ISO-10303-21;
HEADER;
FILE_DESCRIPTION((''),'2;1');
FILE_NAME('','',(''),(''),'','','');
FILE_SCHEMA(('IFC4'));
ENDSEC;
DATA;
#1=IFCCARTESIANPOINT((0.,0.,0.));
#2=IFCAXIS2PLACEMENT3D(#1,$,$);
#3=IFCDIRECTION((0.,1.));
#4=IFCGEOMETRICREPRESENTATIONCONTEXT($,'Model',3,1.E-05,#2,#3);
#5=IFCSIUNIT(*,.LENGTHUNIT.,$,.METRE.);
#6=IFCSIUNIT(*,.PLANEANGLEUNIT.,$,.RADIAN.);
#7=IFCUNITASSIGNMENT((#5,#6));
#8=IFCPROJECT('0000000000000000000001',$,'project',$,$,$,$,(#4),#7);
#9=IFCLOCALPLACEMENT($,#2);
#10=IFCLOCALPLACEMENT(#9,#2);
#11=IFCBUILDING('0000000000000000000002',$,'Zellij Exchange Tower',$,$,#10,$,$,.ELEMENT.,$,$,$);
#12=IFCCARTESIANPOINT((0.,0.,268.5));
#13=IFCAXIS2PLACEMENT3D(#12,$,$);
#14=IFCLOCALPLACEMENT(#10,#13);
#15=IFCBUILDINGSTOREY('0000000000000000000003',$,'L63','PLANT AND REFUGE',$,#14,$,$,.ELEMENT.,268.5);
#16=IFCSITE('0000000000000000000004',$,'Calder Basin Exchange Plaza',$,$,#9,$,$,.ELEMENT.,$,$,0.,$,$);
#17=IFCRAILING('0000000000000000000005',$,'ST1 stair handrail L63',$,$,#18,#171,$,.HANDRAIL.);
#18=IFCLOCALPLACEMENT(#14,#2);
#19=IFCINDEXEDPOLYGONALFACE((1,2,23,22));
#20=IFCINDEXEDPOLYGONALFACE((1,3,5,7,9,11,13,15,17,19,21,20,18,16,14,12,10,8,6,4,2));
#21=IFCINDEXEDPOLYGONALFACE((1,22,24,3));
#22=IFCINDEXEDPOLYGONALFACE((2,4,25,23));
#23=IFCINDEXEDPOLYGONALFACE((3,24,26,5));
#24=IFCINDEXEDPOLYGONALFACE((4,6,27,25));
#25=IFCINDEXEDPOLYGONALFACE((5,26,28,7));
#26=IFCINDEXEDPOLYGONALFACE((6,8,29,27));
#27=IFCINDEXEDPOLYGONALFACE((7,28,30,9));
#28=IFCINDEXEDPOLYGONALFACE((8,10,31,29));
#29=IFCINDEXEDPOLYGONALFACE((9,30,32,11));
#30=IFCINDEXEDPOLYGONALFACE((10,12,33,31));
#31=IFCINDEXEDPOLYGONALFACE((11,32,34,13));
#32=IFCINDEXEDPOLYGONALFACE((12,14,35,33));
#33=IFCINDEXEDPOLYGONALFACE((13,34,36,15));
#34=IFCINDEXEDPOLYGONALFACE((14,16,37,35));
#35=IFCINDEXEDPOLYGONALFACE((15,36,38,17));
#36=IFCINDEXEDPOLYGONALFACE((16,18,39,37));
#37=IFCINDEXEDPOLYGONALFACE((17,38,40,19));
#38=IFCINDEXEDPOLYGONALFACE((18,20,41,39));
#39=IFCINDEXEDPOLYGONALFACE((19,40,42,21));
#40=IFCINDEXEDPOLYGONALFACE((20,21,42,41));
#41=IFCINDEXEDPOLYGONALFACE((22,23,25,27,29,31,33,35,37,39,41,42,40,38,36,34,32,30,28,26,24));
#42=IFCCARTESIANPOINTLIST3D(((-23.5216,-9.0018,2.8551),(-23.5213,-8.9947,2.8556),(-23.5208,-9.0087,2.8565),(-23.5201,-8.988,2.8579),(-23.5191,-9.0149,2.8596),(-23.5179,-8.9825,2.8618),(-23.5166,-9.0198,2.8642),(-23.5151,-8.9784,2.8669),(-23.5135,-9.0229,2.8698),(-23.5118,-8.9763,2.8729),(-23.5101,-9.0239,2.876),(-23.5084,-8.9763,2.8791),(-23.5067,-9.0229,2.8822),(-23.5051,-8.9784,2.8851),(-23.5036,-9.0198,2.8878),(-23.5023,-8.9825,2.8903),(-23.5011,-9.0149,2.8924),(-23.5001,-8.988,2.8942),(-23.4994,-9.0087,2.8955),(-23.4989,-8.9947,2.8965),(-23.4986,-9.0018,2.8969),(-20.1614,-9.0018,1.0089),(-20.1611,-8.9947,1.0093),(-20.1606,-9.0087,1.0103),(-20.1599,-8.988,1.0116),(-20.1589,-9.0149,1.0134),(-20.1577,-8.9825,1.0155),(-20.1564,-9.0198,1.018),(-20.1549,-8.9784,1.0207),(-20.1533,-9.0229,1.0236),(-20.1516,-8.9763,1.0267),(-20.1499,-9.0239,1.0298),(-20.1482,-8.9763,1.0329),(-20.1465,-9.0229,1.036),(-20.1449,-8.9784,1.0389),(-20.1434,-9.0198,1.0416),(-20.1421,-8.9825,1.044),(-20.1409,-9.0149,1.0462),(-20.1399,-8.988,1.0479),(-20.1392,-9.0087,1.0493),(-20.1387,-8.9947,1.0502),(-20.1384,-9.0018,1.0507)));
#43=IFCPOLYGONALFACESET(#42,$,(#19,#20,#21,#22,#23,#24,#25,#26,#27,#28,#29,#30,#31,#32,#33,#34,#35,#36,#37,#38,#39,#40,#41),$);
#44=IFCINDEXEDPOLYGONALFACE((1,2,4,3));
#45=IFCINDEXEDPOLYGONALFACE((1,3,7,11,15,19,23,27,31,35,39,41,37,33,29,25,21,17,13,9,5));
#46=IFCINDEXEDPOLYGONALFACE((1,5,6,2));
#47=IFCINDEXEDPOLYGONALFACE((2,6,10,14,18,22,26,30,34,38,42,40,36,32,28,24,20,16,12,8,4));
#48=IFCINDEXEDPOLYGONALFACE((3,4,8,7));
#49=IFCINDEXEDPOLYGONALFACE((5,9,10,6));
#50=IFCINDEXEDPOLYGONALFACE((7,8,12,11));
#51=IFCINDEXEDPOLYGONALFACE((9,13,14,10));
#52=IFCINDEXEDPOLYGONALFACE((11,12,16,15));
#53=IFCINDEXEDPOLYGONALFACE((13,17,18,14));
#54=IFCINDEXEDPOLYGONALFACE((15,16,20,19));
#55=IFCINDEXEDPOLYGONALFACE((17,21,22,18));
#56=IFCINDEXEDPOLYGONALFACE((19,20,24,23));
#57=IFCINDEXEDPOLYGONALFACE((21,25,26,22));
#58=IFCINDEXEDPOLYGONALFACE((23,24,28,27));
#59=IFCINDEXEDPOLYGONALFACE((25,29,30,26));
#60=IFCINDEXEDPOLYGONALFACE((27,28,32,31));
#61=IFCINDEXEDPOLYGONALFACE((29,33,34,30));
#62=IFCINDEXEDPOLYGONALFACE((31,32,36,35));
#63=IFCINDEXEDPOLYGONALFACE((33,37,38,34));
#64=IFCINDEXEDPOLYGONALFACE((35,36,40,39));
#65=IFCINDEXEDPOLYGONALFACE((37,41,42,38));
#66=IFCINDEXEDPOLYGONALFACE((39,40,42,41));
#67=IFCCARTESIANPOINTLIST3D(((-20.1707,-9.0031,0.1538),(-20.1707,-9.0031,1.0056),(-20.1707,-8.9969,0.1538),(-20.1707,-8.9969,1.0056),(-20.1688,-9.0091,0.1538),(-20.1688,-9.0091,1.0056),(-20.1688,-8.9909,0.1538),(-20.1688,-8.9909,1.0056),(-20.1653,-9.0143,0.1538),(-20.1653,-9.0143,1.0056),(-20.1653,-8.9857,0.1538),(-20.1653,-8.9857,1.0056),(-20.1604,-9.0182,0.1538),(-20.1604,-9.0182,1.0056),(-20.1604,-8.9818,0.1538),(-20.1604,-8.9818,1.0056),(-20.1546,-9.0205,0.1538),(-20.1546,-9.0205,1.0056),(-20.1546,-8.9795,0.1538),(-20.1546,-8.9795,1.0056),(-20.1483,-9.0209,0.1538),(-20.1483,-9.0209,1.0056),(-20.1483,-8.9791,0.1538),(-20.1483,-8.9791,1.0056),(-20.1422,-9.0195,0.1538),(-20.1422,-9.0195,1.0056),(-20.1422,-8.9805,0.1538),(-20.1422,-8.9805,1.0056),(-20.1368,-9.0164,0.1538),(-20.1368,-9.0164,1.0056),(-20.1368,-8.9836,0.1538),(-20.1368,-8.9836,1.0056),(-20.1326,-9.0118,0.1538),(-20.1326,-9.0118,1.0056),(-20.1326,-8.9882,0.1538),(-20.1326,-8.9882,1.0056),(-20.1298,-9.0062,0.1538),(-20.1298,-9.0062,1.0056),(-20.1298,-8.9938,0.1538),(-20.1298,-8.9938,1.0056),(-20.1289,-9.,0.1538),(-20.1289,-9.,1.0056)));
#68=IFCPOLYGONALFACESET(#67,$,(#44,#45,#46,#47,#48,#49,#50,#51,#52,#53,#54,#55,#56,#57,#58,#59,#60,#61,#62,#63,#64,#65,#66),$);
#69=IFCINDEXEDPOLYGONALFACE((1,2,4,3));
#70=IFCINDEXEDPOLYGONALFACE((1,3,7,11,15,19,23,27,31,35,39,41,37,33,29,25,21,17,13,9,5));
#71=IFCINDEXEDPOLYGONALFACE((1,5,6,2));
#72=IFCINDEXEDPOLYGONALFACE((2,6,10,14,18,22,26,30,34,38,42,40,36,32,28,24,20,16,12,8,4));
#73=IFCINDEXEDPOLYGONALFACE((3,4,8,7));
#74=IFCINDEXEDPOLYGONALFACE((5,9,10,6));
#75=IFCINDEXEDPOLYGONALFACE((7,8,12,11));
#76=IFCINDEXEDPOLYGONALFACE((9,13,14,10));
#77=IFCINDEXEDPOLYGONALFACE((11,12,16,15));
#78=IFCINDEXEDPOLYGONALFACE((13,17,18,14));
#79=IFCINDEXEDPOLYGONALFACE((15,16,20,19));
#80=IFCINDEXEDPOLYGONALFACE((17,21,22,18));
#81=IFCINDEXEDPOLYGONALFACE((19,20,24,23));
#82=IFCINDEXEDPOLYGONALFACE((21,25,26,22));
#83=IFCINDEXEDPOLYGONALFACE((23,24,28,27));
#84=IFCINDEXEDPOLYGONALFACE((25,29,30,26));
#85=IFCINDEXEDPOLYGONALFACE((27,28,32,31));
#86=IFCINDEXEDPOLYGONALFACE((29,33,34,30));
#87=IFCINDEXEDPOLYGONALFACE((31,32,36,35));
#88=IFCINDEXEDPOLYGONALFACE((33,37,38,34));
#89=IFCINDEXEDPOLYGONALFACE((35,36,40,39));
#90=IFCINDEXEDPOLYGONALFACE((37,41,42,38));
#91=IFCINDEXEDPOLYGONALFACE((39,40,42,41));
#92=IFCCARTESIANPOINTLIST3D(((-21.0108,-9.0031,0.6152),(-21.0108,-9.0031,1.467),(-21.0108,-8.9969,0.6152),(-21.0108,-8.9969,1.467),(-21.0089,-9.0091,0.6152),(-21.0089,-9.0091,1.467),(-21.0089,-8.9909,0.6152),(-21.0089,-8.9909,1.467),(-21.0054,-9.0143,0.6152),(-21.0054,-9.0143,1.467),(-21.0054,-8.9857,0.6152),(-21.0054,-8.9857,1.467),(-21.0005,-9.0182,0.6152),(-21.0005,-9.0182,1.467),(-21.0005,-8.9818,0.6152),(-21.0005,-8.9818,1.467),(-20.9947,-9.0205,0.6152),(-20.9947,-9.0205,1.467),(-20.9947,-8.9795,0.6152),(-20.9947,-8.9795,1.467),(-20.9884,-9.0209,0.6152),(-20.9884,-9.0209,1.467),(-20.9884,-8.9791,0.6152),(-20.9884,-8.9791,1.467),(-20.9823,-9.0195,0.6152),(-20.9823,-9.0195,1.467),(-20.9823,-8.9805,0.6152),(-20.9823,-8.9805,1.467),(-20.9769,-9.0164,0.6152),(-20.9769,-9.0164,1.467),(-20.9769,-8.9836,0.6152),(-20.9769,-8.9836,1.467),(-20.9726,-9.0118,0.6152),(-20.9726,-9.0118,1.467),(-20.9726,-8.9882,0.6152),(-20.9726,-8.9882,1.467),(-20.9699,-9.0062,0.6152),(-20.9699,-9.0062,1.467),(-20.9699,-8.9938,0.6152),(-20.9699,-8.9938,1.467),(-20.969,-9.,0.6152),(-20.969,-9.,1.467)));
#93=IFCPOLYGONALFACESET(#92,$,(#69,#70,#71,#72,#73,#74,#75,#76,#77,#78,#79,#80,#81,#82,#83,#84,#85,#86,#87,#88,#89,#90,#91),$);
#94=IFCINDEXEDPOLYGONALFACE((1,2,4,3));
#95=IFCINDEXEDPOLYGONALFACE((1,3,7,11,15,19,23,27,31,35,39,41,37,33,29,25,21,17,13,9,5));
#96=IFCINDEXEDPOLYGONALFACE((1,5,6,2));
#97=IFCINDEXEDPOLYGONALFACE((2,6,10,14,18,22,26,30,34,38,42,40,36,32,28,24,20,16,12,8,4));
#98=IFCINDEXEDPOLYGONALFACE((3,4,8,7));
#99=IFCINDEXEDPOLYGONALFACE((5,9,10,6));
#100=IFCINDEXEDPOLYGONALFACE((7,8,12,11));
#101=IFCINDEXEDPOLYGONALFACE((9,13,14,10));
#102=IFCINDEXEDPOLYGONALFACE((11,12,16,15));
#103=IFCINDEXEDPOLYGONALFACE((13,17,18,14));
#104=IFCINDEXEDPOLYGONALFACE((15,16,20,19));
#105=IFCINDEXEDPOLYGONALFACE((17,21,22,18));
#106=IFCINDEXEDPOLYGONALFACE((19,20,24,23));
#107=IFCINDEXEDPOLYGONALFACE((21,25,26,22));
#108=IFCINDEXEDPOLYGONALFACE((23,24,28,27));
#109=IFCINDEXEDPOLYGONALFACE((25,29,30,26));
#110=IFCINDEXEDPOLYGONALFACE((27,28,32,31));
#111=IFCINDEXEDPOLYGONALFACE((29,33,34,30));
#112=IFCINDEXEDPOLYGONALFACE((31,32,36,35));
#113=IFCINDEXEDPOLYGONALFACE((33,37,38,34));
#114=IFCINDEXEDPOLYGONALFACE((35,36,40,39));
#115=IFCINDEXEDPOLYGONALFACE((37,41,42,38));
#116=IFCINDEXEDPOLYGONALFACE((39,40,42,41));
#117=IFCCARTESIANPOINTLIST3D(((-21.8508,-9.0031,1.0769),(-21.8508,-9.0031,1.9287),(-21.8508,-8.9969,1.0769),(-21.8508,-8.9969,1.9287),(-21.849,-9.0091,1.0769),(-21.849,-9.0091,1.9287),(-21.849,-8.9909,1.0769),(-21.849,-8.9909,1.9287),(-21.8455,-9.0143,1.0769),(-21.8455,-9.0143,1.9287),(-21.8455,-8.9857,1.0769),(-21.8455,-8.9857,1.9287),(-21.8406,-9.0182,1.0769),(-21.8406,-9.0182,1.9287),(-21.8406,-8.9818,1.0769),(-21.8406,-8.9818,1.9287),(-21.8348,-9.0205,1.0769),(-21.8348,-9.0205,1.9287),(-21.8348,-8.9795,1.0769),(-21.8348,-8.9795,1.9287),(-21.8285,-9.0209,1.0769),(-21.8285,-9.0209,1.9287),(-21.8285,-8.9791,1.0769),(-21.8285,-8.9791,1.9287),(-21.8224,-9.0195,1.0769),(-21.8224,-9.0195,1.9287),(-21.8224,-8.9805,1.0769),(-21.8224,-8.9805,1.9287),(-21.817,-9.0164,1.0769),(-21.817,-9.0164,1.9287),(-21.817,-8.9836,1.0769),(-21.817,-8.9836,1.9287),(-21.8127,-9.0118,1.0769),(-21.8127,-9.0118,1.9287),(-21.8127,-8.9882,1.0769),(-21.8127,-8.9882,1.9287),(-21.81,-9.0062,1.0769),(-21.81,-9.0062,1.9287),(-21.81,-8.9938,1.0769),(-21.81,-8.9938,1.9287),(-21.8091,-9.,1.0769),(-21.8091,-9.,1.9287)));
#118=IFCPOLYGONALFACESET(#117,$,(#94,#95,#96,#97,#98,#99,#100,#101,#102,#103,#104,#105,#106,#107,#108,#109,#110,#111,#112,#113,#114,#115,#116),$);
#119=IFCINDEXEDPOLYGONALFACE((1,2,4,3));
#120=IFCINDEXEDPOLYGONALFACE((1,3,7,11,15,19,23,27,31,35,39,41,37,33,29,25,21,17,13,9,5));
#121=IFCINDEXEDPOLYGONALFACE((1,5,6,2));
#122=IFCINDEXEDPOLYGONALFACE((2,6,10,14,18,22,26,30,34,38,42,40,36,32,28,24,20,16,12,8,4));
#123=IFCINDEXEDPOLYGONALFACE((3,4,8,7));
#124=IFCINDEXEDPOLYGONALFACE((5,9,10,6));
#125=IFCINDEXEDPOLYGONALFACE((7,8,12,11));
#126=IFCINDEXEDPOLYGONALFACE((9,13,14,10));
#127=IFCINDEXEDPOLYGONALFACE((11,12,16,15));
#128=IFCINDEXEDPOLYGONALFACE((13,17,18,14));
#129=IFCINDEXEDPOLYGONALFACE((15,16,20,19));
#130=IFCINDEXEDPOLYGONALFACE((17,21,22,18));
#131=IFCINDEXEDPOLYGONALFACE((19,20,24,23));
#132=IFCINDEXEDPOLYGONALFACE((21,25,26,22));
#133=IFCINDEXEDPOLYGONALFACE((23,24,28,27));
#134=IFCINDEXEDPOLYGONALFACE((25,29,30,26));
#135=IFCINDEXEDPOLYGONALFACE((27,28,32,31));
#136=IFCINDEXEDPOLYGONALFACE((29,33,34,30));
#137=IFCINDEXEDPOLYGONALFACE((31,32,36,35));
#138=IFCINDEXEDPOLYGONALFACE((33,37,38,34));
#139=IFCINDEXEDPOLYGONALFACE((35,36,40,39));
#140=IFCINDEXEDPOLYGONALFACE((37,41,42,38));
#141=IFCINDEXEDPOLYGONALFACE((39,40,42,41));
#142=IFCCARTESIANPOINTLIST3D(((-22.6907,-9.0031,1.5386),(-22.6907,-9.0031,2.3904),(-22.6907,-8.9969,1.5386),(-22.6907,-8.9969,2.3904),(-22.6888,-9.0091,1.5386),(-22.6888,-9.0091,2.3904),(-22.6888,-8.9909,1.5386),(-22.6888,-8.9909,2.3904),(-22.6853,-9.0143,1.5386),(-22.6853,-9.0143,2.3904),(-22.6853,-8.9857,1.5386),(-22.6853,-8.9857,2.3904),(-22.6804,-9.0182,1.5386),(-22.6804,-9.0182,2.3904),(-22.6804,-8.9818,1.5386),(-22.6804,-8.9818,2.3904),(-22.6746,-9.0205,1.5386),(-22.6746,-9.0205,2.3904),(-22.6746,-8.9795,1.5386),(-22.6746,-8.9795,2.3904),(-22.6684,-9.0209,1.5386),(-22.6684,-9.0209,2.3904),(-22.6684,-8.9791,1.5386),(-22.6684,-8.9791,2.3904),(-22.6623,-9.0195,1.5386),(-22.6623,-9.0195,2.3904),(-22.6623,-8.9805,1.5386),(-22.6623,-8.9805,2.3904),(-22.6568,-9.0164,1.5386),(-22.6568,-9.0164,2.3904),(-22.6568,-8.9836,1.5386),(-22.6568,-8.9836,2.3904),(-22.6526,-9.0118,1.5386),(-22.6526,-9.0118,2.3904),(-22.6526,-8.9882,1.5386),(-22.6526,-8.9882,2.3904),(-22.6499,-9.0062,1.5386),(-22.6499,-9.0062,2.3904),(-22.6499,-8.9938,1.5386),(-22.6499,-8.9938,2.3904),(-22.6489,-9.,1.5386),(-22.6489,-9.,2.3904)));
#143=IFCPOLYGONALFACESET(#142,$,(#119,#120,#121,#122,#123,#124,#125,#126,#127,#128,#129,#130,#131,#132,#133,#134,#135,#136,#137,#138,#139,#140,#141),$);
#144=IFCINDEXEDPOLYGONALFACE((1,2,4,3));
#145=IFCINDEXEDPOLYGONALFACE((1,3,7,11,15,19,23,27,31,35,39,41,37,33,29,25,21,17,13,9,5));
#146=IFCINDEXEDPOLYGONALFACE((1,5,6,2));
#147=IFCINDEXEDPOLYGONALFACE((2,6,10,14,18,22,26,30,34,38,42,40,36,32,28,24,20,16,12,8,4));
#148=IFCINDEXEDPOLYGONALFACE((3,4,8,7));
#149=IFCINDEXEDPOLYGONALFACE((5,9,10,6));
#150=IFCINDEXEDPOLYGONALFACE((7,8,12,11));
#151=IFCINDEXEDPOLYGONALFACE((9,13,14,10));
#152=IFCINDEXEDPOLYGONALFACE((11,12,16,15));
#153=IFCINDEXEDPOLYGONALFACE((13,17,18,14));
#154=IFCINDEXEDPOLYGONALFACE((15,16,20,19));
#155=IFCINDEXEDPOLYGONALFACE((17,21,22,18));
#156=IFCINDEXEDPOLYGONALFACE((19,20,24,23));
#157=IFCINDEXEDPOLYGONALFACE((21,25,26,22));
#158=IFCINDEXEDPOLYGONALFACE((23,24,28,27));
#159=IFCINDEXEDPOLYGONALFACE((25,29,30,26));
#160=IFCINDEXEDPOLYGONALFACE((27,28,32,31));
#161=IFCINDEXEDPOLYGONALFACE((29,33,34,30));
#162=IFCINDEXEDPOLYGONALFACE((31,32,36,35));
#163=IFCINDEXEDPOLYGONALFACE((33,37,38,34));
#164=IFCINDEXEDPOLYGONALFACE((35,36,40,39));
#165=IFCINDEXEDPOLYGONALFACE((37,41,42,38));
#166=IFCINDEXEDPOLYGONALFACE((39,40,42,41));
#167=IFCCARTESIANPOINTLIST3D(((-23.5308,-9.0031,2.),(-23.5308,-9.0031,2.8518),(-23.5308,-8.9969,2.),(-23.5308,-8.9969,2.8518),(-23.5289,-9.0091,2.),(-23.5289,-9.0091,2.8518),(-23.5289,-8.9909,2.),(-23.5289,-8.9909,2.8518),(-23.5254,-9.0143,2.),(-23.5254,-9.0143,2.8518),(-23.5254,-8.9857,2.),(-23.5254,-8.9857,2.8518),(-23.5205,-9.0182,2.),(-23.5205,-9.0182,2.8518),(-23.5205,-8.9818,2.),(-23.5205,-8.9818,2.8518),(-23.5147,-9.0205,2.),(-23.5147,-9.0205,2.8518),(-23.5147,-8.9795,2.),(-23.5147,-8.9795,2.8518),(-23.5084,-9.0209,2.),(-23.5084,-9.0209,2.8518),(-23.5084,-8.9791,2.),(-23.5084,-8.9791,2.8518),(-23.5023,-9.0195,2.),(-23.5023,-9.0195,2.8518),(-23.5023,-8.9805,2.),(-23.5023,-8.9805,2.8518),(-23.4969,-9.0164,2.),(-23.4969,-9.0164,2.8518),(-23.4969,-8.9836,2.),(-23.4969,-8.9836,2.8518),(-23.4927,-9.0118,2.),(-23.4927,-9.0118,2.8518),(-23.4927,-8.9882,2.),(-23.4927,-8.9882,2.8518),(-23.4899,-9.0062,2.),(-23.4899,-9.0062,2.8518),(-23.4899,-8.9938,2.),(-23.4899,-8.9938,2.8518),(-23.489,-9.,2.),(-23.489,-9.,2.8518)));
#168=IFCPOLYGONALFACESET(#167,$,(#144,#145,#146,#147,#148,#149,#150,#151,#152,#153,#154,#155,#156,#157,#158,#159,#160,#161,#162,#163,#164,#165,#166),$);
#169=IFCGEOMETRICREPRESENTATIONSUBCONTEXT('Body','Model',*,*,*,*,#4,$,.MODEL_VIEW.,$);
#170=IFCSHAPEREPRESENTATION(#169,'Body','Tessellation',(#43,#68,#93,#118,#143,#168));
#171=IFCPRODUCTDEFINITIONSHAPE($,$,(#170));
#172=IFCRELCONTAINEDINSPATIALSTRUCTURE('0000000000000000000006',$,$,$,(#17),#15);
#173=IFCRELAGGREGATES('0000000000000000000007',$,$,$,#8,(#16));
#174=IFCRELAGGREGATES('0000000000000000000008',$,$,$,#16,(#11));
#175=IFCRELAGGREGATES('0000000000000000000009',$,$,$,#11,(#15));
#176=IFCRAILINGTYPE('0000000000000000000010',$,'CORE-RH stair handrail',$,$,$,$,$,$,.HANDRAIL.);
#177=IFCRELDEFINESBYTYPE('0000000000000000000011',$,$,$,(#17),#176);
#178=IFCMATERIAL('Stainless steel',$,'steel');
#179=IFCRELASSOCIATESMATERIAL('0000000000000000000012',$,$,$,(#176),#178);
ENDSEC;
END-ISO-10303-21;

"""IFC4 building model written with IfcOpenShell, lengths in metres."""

from ifc_helpers import new_model, si_unit, direction, frame, origin, origin_2d, place, context, subcontext, project, spatial, circle, extrude, material, type_object, element, save


model = new_model("IFC4")

# Units and contexts
model_context = context("Model", 3, precision=1e-05, world=origin(), true_north=direction((0.0, 1.0)))
body_context = subcontext(model_context, "Body", "Model", "MODEL_VIEW")
ifc_project = project(units=[si_unit("LENGTHUNIT", "METRE"), si_unit("PLANEANGLEUNIT", "RADIAN")], contexts=[model_context])

# Site, building, storey
site_placement = place(None, origin())
site = spatial("IfcSite", under=ifc_project, at=site_placement, Name="Calder Basin Exchange Plaza", CompositionType="ELEMENT", RefElevation=0.0)
building_placement = place(site_placement, origin())
building = spatial("IfcBuilding", under=site, at=building_placement, Name="Zellij Exchange Tower", CompositionType="ELEMENT")
storey_placement = place(building_placement, frame((0.0, 0.0, 268.5)))
storey = spatial("IfcBuildingStorey", under=building, at=storey_placement, Name="L63", Description="PLANT AND REFUGE", CompositionType="ELEMENT", Elevation=268.5)

# Railing
ifc_material_1 = material(Name="Stainless steel", Category="steel")
railing_type_1 = type_object("IfcRailingType", Name="CORE-RH stair handrail", PredefinedType="HANDRAIL", material=ifc_material_1)
railing_1_placement = place(storey_placement, frame((-20.1499, -9.0, 0.1538)))
element("IfcRailing", 1, at=railing_1_placement, inside=storey, type_object=railing_type_1, Name="ST1 stair handrail L63", PredefinedType="HANDRAIL", context=body_context, shape_type="SweptSolid", body=[
    extrude(circle(Radius=0.0239, at=origin_2d()), frame((0.0, 0.0, 0.876), z_axis=(-0.876422, 0.0, 0.481545), x_axis=(0.0, -1.0, 0.0)), (0.0, 0.0, 1.0), 3.834),
    extrude(circle(Radius=0.021, at=origin_2d()), origin(), (0.0, 0.0, 1.0), 0.8518),
    extrude(circle(Radius=0.021, at=origin_2d()), frame((-0.8401, 0.0, 0.4614)), (0.0, 0.0, 1.0), 0.8518),
    extrude(circle(Radius=0.021, at=origin_2d()), frame((-1.6802, 0.0, 0.9231)), (0.0, 0.0, 1.0), 0.8518),
    extrude(circle(Radius=0.021, at=origin_2d()), frame((-2.52, 0.0, 1.3848)), (0.0, 0.0, 1.0), 0.8518),
    extrude(circle(Radius=0.021, at=origin_2d()), frame((-3.3601, 0.0, 1.8462)), (0.0, 0.0, 1.0), 0.8518),
])

save(model, "model.ifc")
